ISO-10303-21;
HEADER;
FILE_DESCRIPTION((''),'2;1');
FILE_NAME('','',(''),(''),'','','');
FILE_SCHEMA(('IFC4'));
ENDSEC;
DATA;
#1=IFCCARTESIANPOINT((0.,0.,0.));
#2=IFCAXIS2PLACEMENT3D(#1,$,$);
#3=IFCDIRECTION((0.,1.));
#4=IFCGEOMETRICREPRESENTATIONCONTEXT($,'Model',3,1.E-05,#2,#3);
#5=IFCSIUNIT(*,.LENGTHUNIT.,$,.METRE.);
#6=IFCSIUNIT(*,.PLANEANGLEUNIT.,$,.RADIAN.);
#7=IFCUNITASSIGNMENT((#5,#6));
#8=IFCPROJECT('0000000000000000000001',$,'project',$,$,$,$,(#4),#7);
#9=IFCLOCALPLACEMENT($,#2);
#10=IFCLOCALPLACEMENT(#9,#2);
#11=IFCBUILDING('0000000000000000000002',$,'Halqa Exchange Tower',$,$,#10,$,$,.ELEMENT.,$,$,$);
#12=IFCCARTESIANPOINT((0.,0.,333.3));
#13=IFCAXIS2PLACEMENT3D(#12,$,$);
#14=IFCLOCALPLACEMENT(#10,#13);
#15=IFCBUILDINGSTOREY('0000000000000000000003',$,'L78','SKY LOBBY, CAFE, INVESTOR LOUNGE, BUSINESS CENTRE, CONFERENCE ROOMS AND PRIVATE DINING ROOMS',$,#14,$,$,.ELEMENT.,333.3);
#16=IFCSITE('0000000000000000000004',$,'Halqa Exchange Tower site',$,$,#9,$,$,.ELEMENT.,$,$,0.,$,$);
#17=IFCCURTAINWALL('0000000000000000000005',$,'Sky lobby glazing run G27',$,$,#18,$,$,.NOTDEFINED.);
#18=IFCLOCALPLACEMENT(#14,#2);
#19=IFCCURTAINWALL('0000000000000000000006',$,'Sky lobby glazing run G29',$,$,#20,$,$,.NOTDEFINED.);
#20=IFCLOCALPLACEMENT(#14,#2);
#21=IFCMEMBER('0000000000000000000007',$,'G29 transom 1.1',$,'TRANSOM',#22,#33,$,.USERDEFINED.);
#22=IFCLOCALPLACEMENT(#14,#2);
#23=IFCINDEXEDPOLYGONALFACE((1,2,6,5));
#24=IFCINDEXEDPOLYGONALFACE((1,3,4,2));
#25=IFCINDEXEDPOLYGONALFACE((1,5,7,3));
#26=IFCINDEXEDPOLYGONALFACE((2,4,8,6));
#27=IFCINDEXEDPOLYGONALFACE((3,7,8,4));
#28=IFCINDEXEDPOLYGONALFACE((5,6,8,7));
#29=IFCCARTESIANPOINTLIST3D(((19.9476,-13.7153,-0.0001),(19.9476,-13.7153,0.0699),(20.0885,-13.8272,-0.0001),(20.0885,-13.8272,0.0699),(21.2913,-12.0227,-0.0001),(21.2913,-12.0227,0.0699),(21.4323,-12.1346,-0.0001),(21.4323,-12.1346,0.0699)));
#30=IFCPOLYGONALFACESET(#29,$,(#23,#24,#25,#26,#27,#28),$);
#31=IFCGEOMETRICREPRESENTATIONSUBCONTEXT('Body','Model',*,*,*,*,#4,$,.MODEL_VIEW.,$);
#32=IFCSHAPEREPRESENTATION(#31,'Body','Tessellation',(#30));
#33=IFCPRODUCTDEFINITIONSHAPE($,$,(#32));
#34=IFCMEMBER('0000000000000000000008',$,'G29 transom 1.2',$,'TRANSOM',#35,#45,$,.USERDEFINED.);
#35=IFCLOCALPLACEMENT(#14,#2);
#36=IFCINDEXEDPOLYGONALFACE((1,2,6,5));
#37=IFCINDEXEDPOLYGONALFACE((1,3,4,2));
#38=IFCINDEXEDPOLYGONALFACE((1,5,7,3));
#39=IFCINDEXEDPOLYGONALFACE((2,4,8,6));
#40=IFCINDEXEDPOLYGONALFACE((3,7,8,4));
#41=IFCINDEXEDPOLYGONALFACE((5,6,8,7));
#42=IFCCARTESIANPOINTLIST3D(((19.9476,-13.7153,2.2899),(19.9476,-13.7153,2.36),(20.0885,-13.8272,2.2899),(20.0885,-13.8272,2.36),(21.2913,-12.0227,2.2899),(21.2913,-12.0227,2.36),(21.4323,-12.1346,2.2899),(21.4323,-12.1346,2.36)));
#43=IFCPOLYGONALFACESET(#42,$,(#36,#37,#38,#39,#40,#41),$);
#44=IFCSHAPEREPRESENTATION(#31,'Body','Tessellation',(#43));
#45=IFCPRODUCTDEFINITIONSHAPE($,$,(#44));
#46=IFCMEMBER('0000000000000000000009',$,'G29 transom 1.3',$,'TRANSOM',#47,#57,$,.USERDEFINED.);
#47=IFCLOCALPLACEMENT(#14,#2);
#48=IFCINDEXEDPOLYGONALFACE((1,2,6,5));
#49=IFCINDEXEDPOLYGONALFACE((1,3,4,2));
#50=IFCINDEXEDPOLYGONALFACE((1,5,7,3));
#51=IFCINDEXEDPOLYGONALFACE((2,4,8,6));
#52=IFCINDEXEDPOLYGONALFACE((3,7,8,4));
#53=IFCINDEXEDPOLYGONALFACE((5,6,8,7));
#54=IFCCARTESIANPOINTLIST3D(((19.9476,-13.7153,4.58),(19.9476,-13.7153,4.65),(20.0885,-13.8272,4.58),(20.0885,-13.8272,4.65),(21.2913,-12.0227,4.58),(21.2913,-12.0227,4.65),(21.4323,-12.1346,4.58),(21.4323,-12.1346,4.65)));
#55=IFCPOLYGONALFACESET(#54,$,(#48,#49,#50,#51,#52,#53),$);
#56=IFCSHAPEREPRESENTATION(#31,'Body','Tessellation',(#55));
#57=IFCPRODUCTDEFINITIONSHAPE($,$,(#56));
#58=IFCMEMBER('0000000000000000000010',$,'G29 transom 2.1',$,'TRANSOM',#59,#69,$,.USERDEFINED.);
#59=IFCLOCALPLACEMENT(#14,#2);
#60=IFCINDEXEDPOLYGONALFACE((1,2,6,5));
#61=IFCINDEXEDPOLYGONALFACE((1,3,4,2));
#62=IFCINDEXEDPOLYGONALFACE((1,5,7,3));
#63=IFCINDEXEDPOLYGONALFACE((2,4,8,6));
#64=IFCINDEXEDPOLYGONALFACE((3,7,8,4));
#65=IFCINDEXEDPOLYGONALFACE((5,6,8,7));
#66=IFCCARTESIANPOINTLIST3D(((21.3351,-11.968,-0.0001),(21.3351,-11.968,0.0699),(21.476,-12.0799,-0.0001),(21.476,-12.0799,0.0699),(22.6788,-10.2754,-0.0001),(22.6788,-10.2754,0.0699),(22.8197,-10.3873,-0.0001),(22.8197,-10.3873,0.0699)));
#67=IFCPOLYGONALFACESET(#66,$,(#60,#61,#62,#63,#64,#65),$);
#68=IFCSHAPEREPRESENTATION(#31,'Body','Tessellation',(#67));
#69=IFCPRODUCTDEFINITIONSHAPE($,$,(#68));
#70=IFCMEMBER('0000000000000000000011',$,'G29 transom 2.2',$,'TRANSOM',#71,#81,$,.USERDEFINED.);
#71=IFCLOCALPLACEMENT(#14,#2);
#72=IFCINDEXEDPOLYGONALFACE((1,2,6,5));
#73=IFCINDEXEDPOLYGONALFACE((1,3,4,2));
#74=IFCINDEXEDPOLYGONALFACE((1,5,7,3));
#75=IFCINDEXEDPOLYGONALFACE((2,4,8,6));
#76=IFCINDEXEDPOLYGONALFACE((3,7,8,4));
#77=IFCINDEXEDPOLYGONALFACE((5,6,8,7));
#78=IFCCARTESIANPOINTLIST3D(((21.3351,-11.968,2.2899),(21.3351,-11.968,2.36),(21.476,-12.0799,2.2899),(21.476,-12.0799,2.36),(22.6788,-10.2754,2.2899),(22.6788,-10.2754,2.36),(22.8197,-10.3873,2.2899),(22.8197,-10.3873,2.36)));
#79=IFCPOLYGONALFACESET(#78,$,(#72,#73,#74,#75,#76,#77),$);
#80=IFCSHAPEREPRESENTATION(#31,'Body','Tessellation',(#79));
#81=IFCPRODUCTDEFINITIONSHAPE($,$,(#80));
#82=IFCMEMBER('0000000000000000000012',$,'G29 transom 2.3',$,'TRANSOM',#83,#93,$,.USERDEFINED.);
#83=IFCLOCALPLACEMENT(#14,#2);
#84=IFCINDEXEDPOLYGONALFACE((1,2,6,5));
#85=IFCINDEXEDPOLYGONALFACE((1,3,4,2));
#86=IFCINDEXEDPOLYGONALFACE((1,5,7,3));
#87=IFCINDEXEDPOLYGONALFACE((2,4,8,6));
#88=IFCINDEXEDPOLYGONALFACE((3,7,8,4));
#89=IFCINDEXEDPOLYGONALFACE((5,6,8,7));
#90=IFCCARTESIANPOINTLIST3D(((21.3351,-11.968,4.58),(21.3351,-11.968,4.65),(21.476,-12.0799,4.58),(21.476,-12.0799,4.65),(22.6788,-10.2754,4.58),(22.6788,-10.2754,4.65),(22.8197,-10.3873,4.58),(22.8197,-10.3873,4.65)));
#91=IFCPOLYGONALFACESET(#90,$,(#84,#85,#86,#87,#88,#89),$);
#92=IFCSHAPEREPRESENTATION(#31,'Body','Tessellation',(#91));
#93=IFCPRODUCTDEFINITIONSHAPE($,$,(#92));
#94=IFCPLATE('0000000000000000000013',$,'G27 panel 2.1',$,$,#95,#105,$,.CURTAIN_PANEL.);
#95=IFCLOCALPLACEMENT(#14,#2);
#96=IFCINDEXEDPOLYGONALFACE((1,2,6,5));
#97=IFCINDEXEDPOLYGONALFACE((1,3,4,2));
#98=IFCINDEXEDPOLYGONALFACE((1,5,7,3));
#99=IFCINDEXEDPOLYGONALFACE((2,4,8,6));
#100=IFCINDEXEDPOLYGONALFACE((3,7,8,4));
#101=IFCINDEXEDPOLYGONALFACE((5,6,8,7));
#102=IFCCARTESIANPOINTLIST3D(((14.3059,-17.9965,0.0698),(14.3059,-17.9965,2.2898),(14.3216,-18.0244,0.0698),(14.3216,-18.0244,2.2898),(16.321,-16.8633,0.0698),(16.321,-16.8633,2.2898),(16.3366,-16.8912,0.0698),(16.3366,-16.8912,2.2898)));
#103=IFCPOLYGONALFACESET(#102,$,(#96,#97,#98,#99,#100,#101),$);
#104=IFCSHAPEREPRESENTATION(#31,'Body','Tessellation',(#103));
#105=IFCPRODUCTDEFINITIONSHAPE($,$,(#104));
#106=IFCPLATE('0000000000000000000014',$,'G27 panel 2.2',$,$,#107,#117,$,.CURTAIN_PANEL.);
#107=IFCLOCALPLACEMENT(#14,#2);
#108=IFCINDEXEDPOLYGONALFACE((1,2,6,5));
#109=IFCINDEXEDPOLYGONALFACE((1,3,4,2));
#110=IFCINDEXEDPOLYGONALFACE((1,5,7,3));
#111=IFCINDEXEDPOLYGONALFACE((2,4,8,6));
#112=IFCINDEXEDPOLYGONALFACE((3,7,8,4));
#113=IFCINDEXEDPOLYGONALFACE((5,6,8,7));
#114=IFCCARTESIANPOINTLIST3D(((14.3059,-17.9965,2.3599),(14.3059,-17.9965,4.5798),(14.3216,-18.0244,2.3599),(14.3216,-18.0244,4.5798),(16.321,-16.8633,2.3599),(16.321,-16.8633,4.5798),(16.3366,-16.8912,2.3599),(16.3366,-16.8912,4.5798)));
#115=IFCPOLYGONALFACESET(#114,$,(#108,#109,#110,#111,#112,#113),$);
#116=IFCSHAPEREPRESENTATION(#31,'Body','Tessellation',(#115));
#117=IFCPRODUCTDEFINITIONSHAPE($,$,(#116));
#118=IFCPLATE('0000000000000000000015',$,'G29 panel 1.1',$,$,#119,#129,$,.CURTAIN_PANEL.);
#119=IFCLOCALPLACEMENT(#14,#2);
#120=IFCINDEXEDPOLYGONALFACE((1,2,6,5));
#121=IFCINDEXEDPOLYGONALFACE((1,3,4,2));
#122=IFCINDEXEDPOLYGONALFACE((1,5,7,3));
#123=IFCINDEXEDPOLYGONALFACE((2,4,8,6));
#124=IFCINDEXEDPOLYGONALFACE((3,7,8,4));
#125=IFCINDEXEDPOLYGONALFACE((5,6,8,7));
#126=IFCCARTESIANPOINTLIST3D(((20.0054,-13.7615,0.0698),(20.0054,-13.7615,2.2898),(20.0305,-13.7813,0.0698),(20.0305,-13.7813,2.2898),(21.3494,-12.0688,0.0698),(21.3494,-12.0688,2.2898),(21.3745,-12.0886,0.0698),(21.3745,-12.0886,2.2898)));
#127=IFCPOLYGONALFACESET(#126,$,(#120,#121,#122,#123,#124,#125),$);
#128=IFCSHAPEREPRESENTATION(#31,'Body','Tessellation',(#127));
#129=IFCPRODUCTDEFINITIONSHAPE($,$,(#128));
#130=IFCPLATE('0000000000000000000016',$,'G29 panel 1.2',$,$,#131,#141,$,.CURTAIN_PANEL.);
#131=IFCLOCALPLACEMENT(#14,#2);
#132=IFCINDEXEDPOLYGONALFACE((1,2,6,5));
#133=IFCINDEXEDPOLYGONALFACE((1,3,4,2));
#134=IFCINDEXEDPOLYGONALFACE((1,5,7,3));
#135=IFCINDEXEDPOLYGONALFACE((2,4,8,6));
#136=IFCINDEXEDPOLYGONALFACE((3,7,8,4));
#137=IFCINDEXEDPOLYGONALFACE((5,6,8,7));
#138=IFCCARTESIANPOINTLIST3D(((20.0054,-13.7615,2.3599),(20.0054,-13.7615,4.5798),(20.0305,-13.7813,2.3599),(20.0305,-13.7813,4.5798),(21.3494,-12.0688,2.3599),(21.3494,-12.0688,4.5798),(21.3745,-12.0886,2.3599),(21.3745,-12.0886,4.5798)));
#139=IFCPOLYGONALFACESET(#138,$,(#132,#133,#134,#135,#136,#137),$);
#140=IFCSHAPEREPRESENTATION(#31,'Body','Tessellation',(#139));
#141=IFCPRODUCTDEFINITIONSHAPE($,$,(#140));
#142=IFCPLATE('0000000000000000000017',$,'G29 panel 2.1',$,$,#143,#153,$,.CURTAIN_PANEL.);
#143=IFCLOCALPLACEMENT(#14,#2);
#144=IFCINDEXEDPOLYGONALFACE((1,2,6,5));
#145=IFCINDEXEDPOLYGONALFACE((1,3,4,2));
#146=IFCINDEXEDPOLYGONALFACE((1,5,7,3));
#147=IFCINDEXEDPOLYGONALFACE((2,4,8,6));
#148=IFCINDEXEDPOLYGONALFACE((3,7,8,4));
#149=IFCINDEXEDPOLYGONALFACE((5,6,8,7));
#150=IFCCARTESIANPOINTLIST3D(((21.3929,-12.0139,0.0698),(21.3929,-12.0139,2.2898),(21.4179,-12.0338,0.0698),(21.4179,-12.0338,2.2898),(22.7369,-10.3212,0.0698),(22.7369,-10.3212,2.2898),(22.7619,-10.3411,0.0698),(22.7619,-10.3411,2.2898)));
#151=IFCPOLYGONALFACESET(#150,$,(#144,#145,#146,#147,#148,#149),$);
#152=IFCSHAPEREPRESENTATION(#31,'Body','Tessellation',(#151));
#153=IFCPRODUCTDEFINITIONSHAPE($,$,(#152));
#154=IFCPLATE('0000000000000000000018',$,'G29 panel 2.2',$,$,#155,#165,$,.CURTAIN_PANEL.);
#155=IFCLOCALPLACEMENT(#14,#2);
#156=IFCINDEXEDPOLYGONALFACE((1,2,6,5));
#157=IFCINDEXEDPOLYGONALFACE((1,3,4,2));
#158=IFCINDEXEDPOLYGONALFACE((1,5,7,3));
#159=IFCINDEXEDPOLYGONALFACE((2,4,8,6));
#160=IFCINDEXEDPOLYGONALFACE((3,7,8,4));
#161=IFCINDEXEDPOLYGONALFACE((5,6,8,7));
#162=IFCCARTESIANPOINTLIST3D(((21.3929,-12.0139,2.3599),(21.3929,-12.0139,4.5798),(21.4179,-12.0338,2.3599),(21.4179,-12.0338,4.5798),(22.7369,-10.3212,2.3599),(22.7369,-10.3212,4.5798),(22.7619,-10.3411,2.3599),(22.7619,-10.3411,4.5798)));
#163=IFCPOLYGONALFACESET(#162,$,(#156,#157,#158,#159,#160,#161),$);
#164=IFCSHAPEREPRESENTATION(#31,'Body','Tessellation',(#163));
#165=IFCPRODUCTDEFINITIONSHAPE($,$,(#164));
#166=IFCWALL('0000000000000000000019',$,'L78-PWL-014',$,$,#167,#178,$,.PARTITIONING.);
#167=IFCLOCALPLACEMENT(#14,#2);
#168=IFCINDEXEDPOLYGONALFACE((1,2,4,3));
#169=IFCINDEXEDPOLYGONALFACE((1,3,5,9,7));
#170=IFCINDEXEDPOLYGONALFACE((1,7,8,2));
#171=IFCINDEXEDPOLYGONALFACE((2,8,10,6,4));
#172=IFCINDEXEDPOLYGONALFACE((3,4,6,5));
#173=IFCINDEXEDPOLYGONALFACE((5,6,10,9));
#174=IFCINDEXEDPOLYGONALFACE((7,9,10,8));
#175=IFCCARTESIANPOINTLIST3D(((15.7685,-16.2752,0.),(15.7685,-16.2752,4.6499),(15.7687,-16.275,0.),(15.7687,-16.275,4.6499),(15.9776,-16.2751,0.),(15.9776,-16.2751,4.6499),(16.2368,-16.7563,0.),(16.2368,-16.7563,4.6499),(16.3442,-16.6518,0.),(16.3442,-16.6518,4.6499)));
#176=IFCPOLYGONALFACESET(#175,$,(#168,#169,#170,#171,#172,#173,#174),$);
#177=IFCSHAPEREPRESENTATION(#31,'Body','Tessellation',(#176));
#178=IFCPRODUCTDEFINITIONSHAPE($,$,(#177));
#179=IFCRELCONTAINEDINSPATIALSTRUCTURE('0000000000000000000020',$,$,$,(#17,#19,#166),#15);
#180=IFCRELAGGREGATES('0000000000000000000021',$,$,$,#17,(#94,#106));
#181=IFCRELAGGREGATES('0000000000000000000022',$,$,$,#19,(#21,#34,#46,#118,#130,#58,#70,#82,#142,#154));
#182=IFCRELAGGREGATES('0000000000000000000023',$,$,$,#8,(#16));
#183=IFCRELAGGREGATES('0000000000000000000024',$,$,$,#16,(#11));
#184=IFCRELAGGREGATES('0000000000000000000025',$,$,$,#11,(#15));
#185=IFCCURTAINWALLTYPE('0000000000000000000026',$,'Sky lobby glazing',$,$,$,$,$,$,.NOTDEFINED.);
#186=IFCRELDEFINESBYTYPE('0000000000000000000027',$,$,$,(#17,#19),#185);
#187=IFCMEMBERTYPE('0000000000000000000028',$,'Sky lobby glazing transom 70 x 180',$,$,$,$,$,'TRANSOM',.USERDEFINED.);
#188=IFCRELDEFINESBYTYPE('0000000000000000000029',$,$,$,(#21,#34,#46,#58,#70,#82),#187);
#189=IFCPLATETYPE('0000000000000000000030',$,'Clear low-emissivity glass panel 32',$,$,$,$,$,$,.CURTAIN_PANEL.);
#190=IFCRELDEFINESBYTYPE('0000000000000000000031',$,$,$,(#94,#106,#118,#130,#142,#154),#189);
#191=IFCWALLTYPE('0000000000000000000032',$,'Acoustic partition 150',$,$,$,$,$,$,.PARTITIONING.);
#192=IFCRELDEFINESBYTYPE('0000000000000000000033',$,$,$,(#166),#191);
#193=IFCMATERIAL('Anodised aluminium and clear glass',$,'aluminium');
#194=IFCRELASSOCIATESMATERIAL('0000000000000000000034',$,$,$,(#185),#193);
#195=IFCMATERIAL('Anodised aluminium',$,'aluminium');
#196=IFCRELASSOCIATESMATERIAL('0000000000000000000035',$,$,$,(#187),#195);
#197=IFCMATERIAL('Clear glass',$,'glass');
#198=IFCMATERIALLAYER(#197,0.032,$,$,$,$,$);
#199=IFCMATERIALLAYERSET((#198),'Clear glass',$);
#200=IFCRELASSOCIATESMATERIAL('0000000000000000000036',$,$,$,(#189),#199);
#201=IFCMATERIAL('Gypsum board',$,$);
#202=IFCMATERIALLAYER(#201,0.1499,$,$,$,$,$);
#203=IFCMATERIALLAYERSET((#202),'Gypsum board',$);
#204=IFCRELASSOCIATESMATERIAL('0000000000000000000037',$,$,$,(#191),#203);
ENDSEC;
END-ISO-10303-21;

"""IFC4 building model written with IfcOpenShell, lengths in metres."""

from ifc_helpers import new_model, si_unit, direction, frame, origin, origin_2d, place, context, subcontext, project, spatial, polyline, rectangle, outline, extrude, material, layer, layer_set, material_profile, profile_set, type_object, element, aggregate, save


model = new_model("IFC4")

# Units and contexts
model_context = context("Model", 3, precision=1e-05, world=origin(), true_north=direction((0.0, 1.0)))
body_context = subcontext(model_context, "Body", "Model", "MODEL_VIEW")
ifc_project = project(units=[si_unit("LENGTHUNIT", "METRE"), si_unit("PLANEANGLEUNIT", "RADIAN")], contexts=[model_context])

# Site, building, storey
site_placement = place(None, origin())
site = spatial("IfcSite", under=ifc_project, at=site_placement, Name="Halqa Exchange Tower site", CompositionType="ELEMENT", RefElevation=0.0)
building_placement = place(site_placement, origin())
building = spatial("IfcBuilding", under=site, at=building_placement, Name="Halqa Exchange Tower", CompositionType="ELEMENT")
storey_placement = place(building_placement, frame((0.0, 0.0, 333.3)))
storey = spatial("IfcBuildingStorey", under=building, at=storey_placement, Name="L78", Description="SKY LOBBY, CAFE, INVESTOR LOUNGE, BUSINESS CENTRE, CONFERENCE ROOMS AND PRIVATE DINING ROOMS", CompositionType="ELEMENT", Elevation=333.3)

# Curtain walls
ifc_material_1 = material(Name="Anodised aluminium and clear glass", Category="aluminium")
curtain_wall_type = type_object("IfcCurtainWallType", Name="Sky lobby glazing", PredefinedType="NOTDEFINED", material=ifc_material_1)
curtain_wall_1_placement = place(storey_placement, origin())
curtain_wall_1 = element("IfcCurtainWall", 1, at=curtain_wall_1_placement, inside=storey, type_object=curtain_wall_type, Name="Sky lobby glazing run G27", PredefinedType="NOTDEFINED")
ifc_material_2 = material(Name="Anodised aluminium", Category="aluminium")
curtain_wall_2_placement = place(storey_placement, origin())
curtain_wall_2 = element("IfcCurtainWall", 2, at=curtain_wall_2_placement, inside=storey, type_object=curtain_wall_type, Name="Sky lobby glazing run G29", PredefinedType="NOTDEFINED")

# Members
ifc_material_profile_1 = material_profile(ifc_material_2, rectangle(XDim=0.1799, YDim=0.0701, at=origin_2d()), Name="AL 70x180")
ifc_profile_set_1 = profile_set([ifc_material_profile_1], Name="Anodised aluminium")
member_type_1 = type_object("IfcMemberType", Name="Sky lobby glazing transom 70 x 180", ElementType="TRANSOM", PredefinedType="USERDEFINED", material=ifc_profile_set_1)
member_1_placement = place(storey_placement, frame((20.0181, -13.7712, 0.0349), z_axis=(0.62177, 0.7832, 0.0), x_axis=(-0.7832, 0.62177, 0.0)))
member_1 = element("IfcMember", 3, at=member_1_placement, type_object=member_type_1, Name="G29 transom 1.1", ObjectType="TRANSOM", PredefinedType="USERDEFINED", context=body_context, shape_type="SweptSolid", body=[
    extrude(rectangle(XDim=0.1799, YDim=0.0701, at=origin_2d()), origin(), (0.0, 0.0, 1.0), 2.1611),
])
member_2_placement = place(storey_placement, frame((20.0181, -13.7712, 2.325), z_axis=(0.62177, 0.7832, 0.0), x_axis=(-0.7832, 0.62177, 0.0)))
member_2 = element("IfcMember", 4, at=member_2_placement, type_object=member_type_1, Name="G29 transom 1.2", ObjectType="TRANSOM", PredefinedType="USERDEFINED", context=body_context, shape_type="SweptSolid", body=[
    extrude(rectangle(XDim=0.1799, YDim=0.0701, at=origin_2d()), origin(), (0.0, 0.0, 1.0), 2.1611),
])
member_3_placement = place(storey_placement, frame((20.0181, -13.7712, 4.615), z_axis=(0.62177, 0.7832, 0.0), x_axis=(-0.7832, 0.62177, 0.0)))
member_3 = element("IfcMember", 5, at=member_3_placement, type_object=member_type_1, Name="G29 transom 1.3", ObjectType="TRANSOM", PredefinedType="USERDEFINED", context=body_context, shape_type="SweptSolid", body=[
    extrude(rectangle(XDim=0.1799, YDim=0.0701, at=origin_2d()), origin(), (0.0, 0.0, 1.0), 2.1611),
])
member_4_placement = place(storey_placement, frame((21.4055, -12.0239, 0.0349), z_axis=(0.62177, 0.7832, 0.0), x_axis=(-0.7832, 0.62177, 0.0)))
member_4 = element("IfcMember", 6, at=member_4_placement, type_object=member_type_1, Name="G29 transom 2.1", ObjectType="TRANSOM", PredefinedType="USERDEFINED", context=body_context, shape_type="SweptSolid", body=[
    extrude(rectangle(XDim=0.1799, YDim=0.0701, at=origin_2d()), origin(), (0.0, 0.0, 1.0), 2.1611),
])
member_5_placement = place(storey_placement, frame((21.4055, -12.0239, 2.325), z_axis=(0.62177, 0.7832, 0.0), x_axis=(-0.7832, 0.62177, 0.0)))
member_5 = element("IfcMember", 7, at=member_5_placement, type_object=member_type_1, Name="G29 transom 2.2", ObjectType="TRANSOM", PredefinedType="USERDEFINED", context=body_context, shape_type="SweptSolid", body=[
    extrude(rectangle(XDim=0.1799, YDim=0.0701, at=origin_2d()), origin(), (0.0, 0.0, 1.0), 2.1611),
])
member_6_placement = place(storey_placement, frame((21.4055, -12.0239, 4.615), z_axis=(0.62177, 0.7832, 0.0), x_axis=(-0.7832, 0.62177, 0.0)))
member_6 = element("IfcMember", 8, at=member_6_placement, type_object=member_type_1, Name="G29 transom 2.3", ObjectType="TRANSOM", PredefinedType="USERDEFINED", context=body_context, shape_type="SweptSolid", body=[
    extrude(rectangle(XDim=0.1799, YDim=0.0701, at=origin_2d()), origin(), (0.0, 0.0, 1.0), 2.1611),
])

# Plates
ifc_material_3 = material(Name="Clear glass", Category="glass")
ifc_layer_1 = layer(ifc_material_3, 0.032)
ifc_layer_set_1 = layer_set([ifc_layer_1], Name="Clear glass")
plate_type = type_object("IfcPlateType", Name="Clear low-emissivity glass panel 32", PredefinedType="CURTAIN_PANEL", material=ifc_layer_set_1)
plate_1_placement = place(storey_placement, frame((15.3213, -17.4438, 0.0698), z_axis=(0.0, 0.0, 1.0), x_axis=(0.871634, 0.490158, 0.0)))
plate_1 = element("IfcPlate", 9, at=plate_1_placement, type_object=plate_type, Name="G27 panel 2.1", PredefinedType="CURTAIN_PANEL", context=body_context, shape_type="SweptSolid", body=[
    extrude(rectangle(XDim=2.3118, YDim=0.032, at=origin_2d()), origin(), (0.0, 0.0, 1.0), 2.22),
])
plate_2_placement = place(storey_placement, frame((15.3213, -17.4438, 2.3599), z_axis=(0.0, 0.0, 1.0), x_axis=(0.871634, 0.490158, 0.0)))
plate_2 = element("IfcPlate", 10, at=plate_2_placement, type_object=plate_type, Name="G27 panel 2.2", PredefinedType="CURTAIN_PANEL", context=body_context, shape_type="SweptSolid", body=[
    extrude(rectangle(XDim=2.3118, YDim=0.032, at=origin_2d()), origin(), (0.0, 0.0, 1.0), 2.22),
])
aggregate(curtain_wall_1, [plate_1, plate_2])
plate_3_placement = place(storey_placement, frame((20.6899, -12.925, 0.0698), z_axis=(0.0, 0.0, 1.0), x_axis=(0.621817, 0.783162, 0.0)))
plate_3 = element("IfcPlate", 11, at=plate_3_placement, type_object=plate_type, Name="G29 panel 1.1", PredefinedType="CURTAIN_PANEL", context=body_context, shape_type="SweptSolid", body=[
    extrude(rectangle(XDim=2.1614, YDim=0.032, at=origin_2d()), origin(), (0.0, 0.0, 1.0), 2.22),
])
plate_4_placement = place(storey_placement, frame((20.6899, -12.925, 2.3599), z_axis=(0.0, 0.0, 1.0), x_axis=(0.621817, 0.783162, 0.0)))
plate_4 = element("IfcPlate", 12, at=plate_4_placement, type_object=plate_type, Name="G29 panel 1.2", PredefinedType="CURTAIN_PANEL", context=body_context, shape_type="SweptSolid", body=[
    extrude(rectangle(XDim=2.1614, YDim=0.032, at=origin_2d()), origin(), (0.0, 0.0, 1.0), 2.22),
])
plate_5_placement = place(storey_placement, frame((22.0774, -11.1775, 0.0698), z_axis=(0.0, 0.0, 1.0), x_axis=(0.621817, 0.783162, 0.0)))
plate_5 = element("IfcPlate", 13, at=plate_5_placement, type_object=plate_type, Name="G29 panel 2.1", PredefinedType="CURTAIN_PANEL", context=body_context, shape_type="SweptSolid", body=[
    extrude(rectangle(XDim=2.1614, YDim=0.032, at=origin_2d()), origin(), (0.0, 0.0, 1.0), 2.22),
])
plate_6_placement = place(storey_placement, frame((22.0774, -11.1775, 2.3599), z_axis=(0.0, 0.0, 1.0), x_axis=(0.621817, 0.783162, 0.0)))
plate_6 = element("IfcPlate", 14, at=plate_6_placement, type_object=plate_type, Name="G29 panel 2.2", PredefinedType="CURTAIN_PANEL", context=body_context, shape_type="SweptSolid", body=[
    extrude(rectangle(XDim=2.1614, YDim=0.032, at=origin_2d()), origin(), (0.0, 0.0, 1.0), 2.22),
])
aggregate(curtain_wall_2, [member_1, member_2, member_3, plate_3, plate_4, member_4, member_5, member_6, plate_5, plate_6])

# Wall
ifc_material_4 = material(Name="Gypsum board")
ifc_layer_2 = layer(ifc_material_4, 0.1499)
ifc_layer_set_2 = layer_set([ifc_layer_2], Name="Gypsum board")
wall_type_1 = type_object("IfcWallType", Name="Acoustic partition 150", PredefinedType="PARTITIONING", material=ifc_layer_set_2)
wall_1_placement = place(storey_placement, frame((15.8223, -16.2229, 0.0), z_axis=(0.0, 0.0, 1.0), x_axis=(0.697405, -0.716677, 0.0)))
element("IfcWall", 15, at=wall_1_placement, inside=storey, type_object=wall_type_1, Name="L78-PWL-014", PredefinedType="PARTITIONING", context=body_context, shape_type="SweptSolid", body=[
    extrude(outline(polyline([(0.6714, 0.075), (0.1458, 0.075), (0.0, -0.0747), (0.0, -0.075), (0.6714, -0.075), (0.6714, 0.075)])), origin(), (0.0, 0.0, 1.0), 4.6499),
])

save(model, "model.ifc")
